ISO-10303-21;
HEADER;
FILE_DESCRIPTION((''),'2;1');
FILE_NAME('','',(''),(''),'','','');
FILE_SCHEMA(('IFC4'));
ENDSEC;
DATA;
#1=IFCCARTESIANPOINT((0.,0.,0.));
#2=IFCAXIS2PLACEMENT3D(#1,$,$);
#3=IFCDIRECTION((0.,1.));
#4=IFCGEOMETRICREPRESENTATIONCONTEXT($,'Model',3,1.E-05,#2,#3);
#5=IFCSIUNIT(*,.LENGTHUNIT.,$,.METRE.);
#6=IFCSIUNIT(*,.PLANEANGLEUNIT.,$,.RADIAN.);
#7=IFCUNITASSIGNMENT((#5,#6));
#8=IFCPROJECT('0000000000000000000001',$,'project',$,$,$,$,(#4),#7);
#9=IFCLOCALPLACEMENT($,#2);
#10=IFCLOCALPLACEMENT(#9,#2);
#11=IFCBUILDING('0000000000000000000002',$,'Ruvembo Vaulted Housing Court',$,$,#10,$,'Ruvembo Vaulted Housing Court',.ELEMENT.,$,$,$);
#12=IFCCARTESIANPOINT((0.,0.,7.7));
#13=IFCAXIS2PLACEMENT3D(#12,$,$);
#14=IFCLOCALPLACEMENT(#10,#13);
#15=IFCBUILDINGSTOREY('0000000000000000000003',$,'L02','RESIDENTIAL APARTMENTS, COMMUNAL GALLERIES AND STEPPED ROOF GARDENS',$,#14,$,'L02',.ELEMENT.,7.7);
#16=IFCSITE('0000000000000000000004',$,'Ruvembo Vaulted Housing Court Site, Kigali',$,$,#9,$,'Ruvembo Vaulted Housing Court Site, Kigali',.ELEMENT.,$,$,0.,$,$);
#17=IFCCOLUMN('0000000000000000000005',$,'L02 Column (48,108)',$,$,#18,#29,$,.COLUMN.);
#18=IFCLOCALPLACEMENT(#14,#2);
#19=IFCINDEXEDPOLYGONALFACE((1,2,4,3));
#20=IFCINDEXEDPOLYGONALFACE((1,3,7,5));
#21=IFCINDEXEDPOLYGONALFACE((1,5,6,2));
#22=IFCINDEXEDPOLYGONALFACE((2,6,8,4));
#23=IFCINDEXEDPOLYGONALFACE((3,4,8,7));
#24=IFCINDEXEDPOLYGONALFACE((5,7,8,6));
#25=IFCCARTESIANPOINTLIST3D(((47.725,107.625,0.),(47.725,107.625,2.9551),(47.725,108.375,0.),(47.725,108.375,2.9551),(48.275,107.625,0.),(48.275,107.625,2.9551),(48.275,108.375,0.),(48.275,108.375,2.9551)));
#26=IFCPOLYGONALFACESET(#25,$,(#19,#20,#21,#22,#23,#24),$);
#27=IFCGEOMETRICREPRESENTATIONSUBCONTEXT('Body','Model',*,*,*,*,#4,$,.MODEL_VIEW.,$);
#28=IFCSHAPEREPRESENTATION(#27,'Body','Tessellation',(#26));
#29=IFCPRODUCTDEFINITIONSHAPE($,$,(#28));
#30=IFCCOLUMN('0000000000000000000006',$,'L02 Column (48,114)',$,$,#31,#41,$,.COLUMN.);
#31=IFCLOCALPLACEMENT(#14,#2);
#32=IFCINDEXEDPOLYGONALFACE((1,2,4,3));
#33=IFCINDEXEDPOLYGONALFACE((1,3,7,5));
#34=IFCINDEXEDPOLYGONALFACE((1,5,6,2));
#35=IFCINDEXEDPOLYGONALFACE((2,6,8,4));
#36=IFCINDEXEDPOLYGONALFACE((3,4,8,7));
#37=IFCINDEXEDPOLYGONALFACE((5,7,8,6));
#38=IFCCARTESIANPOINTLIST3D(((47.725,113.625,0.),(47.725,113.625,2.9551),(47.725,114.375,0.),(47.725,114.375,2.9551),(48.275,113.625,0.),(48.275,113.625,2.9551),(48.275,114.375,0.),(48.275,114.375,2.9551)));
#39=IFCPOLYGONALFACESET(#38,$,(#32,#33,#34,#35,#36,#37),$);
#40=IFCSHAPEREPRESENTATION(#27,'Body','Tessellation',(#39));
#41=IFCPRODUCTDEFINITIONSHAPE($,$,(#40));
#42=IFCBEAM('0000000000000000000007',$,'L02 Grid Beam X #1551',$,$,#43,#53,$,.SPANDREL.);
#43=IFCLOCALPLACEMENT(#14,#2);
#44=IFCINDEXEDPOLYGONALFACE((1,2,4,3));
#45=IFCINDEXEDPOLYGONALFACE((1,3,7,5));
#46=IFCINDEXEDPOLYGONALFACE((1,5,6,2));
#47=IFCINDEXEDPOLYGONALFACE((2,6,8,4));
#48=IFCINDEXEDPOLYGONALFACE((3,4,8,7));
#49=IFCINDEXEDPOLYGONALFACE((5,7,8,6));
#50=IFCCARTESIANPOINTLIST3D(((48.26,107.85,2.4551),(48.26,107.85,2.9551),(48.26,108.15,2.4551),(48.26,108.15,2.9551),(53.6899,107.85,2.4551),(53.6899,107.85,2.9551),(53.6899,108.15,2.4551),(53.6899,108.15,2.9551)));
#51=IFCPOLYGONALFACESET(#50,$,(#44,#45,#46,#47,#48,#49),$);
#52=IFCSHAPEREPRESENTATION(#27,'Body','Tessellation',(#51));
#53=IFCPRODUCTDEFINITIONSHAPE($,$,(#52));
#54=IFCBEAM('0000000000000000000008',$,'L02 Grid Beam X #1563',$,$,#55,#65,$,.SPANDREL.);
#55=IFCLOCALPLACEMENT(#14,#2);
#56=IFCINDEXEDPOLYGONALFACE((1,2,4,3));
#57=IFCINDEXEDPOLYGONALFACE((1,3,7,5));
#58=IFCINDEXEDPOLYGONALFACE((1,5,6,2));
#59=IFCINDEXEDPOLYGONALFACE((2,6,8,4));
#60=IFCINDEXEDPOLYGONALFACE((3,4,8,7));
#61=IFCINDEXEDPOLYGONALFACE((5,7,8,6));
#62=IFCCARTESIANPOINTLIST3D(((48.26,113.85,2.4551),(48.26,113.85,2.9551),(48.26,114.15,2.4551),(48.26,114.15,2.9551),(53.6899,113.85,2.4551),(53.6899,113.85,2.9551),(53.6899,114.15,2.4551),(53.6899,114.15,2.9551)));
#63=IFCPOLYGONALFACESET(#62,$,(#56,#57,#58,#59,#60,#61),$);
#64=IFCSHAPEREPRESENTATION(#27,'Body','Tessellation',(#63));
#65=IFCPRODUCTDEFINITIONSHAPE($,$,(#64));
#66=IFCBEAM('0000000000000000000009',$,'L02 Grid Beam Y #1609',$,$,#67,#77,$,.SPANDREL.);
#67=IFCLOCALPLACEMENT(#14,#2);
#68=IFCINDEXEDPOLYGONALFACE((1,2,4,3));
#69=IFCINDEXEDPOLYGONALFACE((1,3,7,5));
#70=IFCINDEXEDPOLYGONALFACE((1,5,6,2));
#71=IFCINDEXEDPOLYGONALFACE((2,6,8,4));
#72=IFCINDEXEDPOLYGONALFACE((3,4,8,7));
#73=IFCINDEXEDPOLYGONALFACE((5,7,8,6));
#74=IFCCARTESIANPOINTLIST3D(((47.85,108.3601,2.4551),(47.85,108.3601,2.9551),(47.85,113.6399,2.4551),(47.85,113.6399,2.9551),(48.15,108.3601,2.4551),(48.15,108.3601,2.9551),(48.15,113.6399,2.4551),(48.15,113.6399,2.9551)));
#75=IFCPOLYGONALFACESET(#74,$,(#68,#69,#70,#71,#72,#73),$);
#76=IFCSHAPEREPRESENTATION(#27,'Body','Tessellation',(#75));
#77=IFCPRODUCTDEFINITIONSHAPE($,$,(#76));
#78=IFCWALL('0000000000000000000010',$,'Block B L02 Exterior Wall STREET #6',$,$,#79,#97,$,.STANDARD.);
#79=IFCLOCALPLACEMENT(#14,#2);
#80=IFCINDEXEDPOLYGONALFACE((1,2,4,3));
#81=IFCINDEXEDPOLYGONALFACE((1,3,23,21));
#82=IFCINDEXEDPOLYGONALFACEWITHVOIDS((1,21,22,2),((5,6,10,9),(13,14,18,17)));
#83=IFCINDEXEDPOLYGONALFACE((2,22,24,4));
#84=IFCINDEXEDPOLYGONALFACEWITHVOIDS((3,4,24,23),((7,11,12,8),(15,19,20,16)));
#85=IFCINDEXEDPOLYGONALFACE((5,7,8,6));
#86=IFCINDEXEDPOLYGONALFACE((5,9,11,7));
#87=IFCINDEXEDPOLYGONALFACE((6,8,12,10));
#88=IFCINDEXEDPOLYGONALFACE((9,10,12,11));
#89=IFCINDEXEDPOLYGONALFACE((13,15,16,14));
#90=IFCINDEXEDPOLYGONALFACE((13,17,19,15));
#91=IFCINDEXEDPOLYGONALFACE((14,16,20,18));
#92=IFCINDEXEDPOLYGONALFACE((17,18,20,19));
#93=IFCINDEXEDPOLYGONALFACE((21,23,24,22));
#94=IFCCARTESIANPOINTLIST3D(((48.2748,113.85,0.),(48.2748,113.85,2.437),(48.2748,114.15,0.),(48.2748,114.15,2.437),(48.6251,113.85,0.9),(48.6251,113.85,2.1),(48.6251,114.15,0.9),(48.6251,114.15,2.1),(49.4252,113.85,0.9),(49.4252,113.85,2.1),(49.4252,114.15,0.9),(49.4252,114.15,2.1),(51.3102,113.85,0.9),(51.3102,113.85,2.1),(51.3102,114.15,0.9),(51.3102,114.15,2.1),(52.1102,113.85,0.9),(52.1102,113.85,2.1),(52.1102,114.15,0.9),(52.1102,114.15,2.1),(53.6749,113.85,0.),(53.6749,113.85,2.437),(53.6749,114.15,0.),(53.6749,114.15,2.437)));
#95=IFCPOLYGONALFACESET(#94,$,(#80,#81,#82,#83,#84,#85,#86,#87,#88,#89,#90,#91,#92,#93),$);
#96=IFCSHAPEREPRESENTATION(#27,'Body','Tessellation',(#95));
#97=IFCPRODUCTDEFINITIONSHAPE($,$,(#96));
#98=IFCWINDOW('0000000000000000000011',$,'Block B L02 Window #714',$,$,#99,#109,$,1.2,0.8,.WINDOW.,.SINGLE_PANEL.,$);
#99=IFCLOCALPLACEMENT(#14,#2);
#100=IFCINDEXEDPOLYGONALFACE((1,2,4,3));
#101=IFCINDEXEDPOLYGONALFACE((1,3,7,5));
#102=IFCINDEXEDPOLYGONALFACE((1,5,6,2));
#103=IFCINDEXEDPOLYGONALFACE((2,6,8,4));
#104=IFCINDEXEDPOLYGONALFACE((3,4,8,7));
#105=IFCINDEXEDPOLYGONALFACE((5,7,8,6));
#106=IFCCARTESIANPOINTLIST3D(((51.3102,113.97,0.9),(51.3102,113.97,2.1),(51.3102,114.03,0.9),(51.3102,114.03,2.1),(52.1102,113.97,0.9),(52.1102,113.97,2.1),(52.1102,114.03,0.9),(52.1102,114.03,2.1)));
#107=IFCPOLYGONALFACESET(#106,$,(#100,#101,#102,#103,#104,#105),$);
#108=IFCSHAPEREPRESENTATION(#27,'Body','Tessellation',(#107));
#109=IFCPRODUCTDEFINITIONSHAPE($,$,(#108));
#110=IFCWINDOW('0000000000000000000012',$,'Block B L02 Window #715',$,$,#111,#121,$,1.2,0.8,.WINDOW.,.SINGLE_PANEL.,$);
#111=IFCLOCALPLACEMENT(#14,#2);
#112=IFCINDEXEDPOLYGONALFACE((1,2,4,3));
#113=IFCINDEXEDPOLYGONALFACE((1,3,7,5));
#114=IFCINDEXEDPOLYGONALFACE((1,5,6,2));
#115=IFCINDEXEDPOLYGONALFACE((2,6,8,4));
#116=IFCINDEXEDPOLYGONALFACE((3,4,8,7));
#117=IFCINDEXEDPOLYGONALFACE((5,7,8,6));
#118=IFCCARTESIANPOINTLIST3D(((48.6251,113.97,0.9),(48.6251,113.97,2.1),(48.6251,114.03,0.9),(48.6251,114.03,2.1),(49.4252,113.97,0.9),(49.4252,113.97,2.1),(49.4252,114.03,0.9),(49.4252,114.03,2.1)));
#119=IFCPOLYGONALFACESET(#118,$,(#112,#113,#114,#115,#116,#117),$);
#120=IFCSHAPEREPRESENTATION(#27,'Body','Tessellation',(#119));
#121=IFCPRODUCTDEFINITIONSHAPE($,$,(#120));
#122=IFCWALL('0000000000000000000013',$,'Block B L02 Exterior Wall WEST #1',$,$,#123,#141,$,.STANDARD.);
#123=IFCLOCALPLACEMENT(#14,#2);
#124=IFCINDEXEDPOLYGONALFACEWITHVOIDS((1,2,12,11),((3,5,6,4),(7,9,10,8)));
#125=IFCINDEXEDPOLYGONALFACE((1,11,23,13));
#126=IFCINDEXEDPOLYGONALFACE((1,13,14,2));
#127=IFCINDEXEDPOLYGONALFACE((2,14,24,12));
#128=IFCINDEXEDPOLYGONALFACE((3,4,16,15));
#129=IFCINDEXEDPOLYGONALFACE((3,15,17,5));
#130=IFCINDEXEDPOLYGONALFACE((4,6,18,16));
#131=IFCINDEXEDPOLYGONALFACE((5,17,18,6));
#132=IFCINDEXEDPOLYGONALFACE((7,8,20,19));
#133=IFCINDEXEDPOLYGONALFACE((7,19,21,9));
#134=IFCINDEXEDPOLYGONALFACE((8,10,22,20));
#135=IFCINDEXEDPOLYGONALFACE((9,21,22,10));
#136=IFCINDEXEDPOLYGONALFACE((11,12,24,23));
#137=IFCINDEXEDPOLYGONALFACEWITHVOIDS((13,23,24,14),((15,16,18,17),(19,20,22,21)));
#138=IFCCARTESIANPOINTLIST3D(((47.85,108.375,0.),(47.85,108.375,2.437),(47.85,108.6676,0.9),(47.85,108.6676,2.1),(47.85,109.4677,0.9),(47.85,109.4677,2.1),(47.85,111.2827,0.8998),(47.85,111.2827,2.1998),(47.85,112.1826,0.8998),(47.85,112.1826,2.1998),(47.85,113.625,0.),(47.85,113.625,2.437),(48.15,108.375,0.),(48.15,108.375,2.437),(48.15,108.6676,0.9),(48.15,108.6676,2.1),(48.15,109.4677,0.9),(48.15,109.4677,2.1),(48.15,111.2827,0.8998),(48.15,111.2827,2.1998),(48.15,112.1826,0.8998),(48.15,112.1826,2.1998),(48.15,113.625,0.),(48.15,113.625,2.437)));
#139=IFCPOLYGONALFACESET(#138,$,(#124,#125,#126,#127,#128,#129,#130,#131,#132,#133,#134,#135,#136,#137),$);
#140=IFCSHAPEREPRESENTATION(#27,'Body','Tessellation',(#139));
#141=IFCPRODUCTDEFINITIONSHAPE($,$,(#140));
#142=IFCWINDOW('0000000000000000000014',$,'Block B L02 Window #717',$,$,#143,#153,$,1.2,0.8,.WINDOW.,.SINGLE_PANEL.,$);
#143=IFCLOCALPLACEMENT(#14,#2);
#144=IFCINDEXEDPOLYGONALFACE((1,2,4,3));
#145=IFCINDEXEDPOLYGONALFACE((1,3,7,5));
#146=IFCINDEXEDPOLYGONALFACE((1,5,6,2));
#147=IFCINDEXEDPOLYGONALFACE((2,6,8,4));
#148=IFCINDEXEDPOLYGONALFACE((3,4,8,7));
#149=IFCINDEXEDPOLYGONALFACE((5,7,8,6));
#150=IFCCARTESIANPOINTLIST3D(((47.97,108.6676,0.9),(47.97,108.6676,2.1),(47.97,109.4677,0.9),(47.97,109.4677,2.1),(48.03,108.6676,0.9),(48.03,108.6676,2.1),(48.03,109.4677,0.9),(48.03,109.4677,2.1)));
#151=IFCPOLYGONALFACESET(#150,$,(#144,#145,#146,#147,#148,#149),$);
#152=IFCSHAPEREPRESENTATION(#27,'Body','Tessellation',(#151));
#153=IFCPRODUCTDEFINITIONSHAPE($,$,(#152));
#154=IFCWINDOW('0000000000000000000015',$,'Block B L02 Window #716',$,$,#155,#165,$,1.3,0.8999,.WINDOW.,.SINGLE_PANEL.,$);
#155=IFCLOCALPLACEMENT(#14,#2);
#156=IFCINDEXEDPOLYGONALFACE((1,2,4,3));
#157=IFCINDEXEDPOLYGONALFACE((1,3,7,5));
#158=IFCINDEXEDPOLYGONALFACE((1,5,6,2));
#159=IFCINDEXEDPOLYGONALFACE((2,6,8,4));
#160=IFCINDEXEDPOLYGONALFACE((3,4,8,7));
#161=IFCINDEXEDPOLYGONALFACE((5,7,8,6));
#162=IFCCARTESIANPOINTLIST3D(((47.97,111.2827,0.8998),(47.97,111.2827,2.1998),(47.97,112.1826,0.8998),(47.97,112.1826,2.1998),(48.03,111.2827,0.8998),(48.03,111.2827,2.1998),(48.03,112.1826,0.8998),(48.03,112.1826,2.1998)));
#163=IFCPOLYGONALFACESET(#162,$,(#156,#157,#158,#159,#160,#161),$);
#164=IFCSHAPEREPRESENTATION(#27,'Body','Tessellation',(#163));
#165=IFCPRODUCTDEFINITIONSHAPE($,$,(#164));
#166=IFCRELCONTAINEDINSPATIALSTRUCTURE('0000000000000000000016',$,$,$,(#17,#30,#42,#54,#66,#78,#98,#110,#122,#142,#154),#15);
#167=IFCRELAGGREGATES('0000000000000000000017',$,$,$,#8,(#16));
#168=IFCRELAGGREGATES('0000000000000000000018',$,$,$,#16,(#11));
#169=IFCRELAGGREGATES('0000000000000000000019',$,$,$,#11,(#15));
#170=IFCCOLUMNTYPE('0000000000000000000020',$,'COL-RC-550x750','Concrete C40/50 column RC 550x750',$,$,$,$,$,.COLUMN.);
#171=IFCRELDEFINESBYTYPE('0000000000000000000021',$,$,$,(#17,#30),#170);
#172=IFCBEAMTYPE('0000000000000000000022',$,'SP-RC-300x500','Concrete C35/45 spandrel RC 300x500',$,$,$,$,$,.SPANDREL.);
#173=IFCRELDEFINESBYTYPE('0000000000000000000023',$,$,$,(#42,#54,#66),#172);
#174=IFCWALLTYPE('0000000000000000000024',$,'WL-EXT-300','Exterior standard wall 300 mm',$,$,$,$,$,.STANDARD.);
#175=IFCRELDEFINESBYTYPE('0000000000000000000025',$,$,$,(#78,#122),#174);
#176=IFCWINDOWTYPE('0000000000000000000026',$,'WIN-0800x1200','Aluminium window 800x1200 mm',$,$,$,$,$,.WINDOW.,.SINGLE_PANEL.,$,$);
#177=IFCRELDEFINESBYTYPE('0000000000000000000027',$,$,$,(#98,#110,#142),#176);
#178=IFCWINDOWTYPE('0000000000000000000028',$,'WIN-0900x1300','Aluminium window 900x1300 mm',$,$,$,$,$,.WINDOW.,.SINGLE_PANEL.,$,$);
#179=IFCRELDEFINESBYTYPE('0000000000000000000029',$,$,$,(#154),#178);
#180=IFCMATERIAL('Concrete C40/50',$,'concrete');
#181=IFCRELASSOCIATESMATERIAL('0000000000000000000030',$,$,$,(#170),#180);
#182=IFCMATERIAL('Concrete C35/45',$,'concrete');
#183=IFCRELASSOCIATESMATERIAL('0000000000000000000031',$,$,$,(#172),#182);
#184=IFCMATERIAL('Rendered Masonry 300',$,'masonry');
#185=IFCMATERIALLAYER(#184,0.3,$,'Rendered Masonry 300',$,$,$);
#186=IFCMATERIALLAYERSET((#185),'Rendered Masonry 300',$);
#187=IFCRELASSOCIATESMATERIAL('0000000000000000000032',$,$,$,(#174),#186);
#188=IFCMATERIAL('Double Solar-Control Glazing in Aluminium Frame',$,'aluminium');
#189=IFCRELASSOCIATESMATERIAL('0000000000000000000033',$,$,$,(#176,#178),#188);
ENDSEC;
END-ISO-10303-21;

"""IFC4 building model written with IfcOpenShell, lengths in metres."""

from ifc_helpers import new_model, si_unit, direction, frame, frame_2d, origin, origin_2d, place, context, subcontext, project, spatial, rectangle, extrude, material, layer, layer_set, material_profile, profile_set, type_object, element, fill, save


model = new_model("IFC4")

# Units and contexts
model_context = context("Model", 3, precision=1e-05, world=origin(), true_north=direction((0.0, 1.0)))
body_context = subcontext(model_context, "Body", "Model", "MODEL_VIEW")
ifc_project = project(units=[si_unit("LENGTHUNIT", "METRE"), si_unit("PLANEANGLEUNIT", "RADIAN")], contexts=[model_context])

# Site, building, storey
site_placement = place(None, origin())
site = spatial("IfcSite", under=ifc_project, at=site_placement, Name="Ruvembo Vaulted Housing Court Site, Kigali", LongName="Ruvembo Vaulted Housing Court Site, Kigali", CompositionType="ELEMENT", RefElevation=0.0)
building_placement = place(site_placement, origin())
building = spatial("IfcBuilding", under=site, at=building_placement, Name="Ruvembo Vaulted Housing Court", LongName="Ruvembo Vaulted Housing Court", CompositionType="ELEMENT")
storey_placement = place(building_placement, frame((0.0, 0.0, 7.7)))
storey = spatial("IfcBuildingStorey", under=building, at=storey_placement, Name="L02", Description="RESIDENTIAL APARTMENTS, COMMUNAL GALLERIES AND STEPPED ROOF GARDENS", LongName="L02", CompositionType="ELEMENT", Elevation=7.7)

# Columns
ifc_material_1 = material(Name="Concrete C40/50", Category="concrete")
ifc_material_profile_1 = material_profile(ifc_material_1, rectangle(XDim=0.55, YDim=0.75, at=origin_2d()), Name="RC 550x750")
ifc_profile_set_1 = profile_set([ifc_material_profile_1], Name="Concrete C40/50")
column_type = type_object("IfcColumnType", Name="COL-RC-550x750", Description="Concrete C40/50 column RC 550x750", PredefinedType="COLUMN", material=ifc_profile_set_1)
for number, where, z_axis, x_axis, name in (
    (1, (48.0, 108.0, 0.0), (0.0, 0.0, 1.0), (1.0, 0.0, 0.0), "L02 Column (48,108)"),
    (2, (48.0, 114.0, 0.0), (0.0, 0.0, 1.0), (1.0, 0.0, 0.0), "L02 Column (48,114)"),
):
    element("IfcColumn", number, at=place(storey_placement, frame(where, z_axis=z_axis, x_axis=x_axis)), inside=storey, type_object=column_type, Name=name, PredefinedType="COLUMN", context=body_context, shape_type="SweptSolid", body=[
        extrude(rectangle(XDim=0.55, YDim=0.75, at=origin_2d()), origin(), (0.0, 0.0, 1.0), 2.9551),
    ])

# Beams
ifc_material_2 = material(Name="Concrete C35/45", Category="concrete")
ifc_material_profile_2 = material_profile(ifc_material_2, rectangle(XDim=0.3, YDim=0.5, at=origin_2d()), Name="RC 300x500")
ifc_profile_set_2 = profile_set([ifc_material_profile_2], Name="Concrete C35/45")
beam_type = type_object("IfcBeamType", Name="SP-RC-300x500", Description="Concrete C35/45 spandrel RC 300x500", PredefinedType="SPANDREL", material=ifc_profile_set_2)
for number, where, z_axis, x_axis, name in (
    (3, (48.26, 108.0, 2.7051), (1.0, 0.0, 0.0), (0.0, 1.0, 0.0), "L02 Grid Beam X #1551"),
    (4, (48.26, 114.0, 2.7051), (1.0, 0.0, 0.0), (0.0, 1.0, 0.0), "L02 Grid Beam X #1563"),
):
    element("IfcBeam", number, at=place(storey_placement, frame(where, z_axis=z_axis, x_axis=x_axis)), inside=storey, type_object=beam_type, Name=name, PredefinedType="SPANDREL", context=body_context, shape_type="SweptSolid", body=[
        extrude(rectangle(XDim=0.3, YDim=0.5, at=origin_2d()), origin(), (0.0, 0.0, 1.0), 5.4299),
    ])
beam_placement = place(storey_placement, frame((48.0, 108.3601, 2.7051), z_axis=(0.0, 1.0, 0.0), x_axis=(-1.0, 0.0, 0.0)))
element("IfcBeam", 5, at=beam_placement, inside=storey, type_object=beam_type, Name="L02 Grid Beam Y #1609", PredefinedType="SPANDREL", context=body_context, shape_type="SweptSolid", body=[
    extrude(rectangle(XDim=0.3, YDim=0.5, at=origin_2d()), origin(), (0.0, 0.0, 1.0), 5.2798),
])

# Walls, openings, windows
ifc_material_3 = material(Name="Rendered Masonry 300", Category="masonry")
ifc_layer_1 = layer(ifc_material_3, 0.3, Name="Rendered Masonry 300")
ifc_layer_set_1 = layer_set([ifc_layer_1], Name="Rendered Masonry 300")
wall_type_1 = type_object("IfcWallType", Name="WL-EXT-300", Description="Exterior standard wall 300 mm", PredefinedType="STANDARD", material=ifc_layer_set_1)
wall_1_placement = place(storey_placement, frame((53.675, 114.0, 0.0), z_axis=(0.0, 0.0, 1.0), x_axis=(-1.0, 0.0, 0.0)))
wall_1 = element("IfcWall", 6, at=wall_1_placement, inside=storey, type_object=wall_type_1, Name="Block B L02 Exterior Wall STREET #6", PredefinedType="STANDARD", context=body_context, shape_type="SweptSolid", body=[
    extrude(rectangle(XDim=5.4001, YDim=0.3, at=frame_2d((2.7002, 0.0))), origin(), (0.0, 0.0, 1.0), 2.437),
])
opening_1_placement = place(wall_1_placement, frame((1.5649, 0.0, 0.8999)))
opening_1 = element("IfcOpeningElement", 7, at=opening_1_placement, cuts=wall_1, PredefinedType="OPENING", context=body_context, shape_type="SweptSolid", body=[
    extrude(rectangle(XDim=0.8, YDim=1.2, at=frame_2d((0.3999, 0.6001))), frame((0.0, 0.1599, 0.0), z_axis=(0.0, -1.0, 0.0), x_axis=(1.0, 0.0, 0.0)), (0.0, 0.0, 1.0), 0.3201),
])
opening_2_placement = place(wall_1_placement, frame((4.25, 0.0, 0.8999)))
opening_2 = element("IfcOpeningElement", 8, at=opening_2_placement, cuts=wall_1, PredefinedType="OPENING", context=body_context, shape_type="SweptSolid", body=[
    extrude(rectangle(XDim=0.8, YDim=1.2, at=frame_2d((0.3999, 0.6001))), frame((0.0, 0.1599, 0.0), z_axis=(0.0, -1.0, 0.0), x_axis=(1.0, 0.0, 0.0)), (0.0, 0.0, 1.0), 0.3201),
])
ifc_material_4 = material(Name="Double Solar-Control Glazing in Aluminium Frame", Category="aluminium")
window_type_1 = type_object("IfcWindowType", Name="WIN-0800x1200", Description="Aluminium window 800x1200 mm", PartitioningType="SINGLE_PANEL", PredefinedType="WINDOW", material=ifc_material_4)
window_1_placement = place(opening_1_placement, origin())
window_1 = element("IfcWindow", 9, at=window_1_placement, inside=storey, type_object=window_type_1, Name="Block B L02 Window #714", OverallHeight=1.2, OverallWidth=0.8, PartitioningType="SINGLE_PANEL", PredefinedType="WINDOW", context=body_context, shape_type="SweptSolid", body=[
    extrude(rectangle(XDim=0.8, YDim=1.2, at=frame_2d((0.3999, 0.6001))), frame((0.0, 0.03, 0.0), z_axis=(0.0, -1.0, 0.0), x_axis=(1.0, 0.0, 0.0)), (0.0, 0.0, 1.0), 0.0601),
])
fill(opening_1, window_1)
window_2_placement = place(opening_2_placement, origin())
window_2 = element("IfcWindow", 10, at=window_2_placement, inside=storey, type_object=window_type_1, Name="Block B L02 Window #715", OverallHeight=1.2, OverallWidth=0.8, PartitioningType="SINGLE_PANEL", PredefinedType="WINDOW", context=body_context, shape_type="SweptSolid", body=[
    extrude(rectangle(XDim=0.8, YDim=1.2, at=frame_2d((0.3999, 0.6001))), frame((0.0, 0.03, 0.0), z_axis=(0.0, -1.0, 0.0), x_axis=(1.0, 0.0, 0.0)), (0.0, 0.0, 1.0), 0.0601),
])
fill(opening_2, window_2)
wall_2_placement = place(storey_placement, frame((48.0, 113.625, 0.0), z_axis=(0.0, 0.0, 1.0), x_axis=(0.0, -1.0, 0.0)))
wall_2 = element("IfcWall", 11, at=wall_2_placement, inside=storey, type_object=wall_type_1, Name="Block B L02 Exterior Wall WEST #1", PredefinedType="STANDARD", context=body_context, shape_type="SweptSolid", body=[
    extrude(rectangle(XDim=5.25, YDim=0.3, at=frame_2d((2.625, 0.0))), origin(), (0.0, 0.0, 1.0), 2.437),
])
opening_3_placement = place(wall_2_placement, frame((1.4424, 0.0, 0.8999)))
opening_3 = element("IfcOpeningElement", 12, at=opening_3_placement, cuts=wall_2, PredefinedType="OPENING", context=body_context, shape_type="SweptSolid", body=[
    extrude(rectangle(XDim=0.8999, YDim=1.3, at=frame_2d((0.45, 0.6499))), frame((0.0, 0.1599, 0.0), z_axis=(0.0, -1.0, 0.0), x_axis=(1.0, 0.0, 0.0)), (0.0, 0.0, 1.0), 0.3201),
])
opening_4_placement = place(wall_2_placement, frame((4.1575, 0.0, 0.8999)))
opening_4 = element("IfcOpeningElement", 13, at=opening_4_placement, cuts=wall_2, PredefinedType="OPENING", context=body_context, shape_type="SweptSolid", body=[
    extrude(rectangle(XDim=0.8, YDim=1.2, at=frame_2d((0.3999, 0.6001))), frame((0.0, 0.1599, 0.0), z_axis=(0.0, -1.0, 0.0), x_axis=(1.0, 0.0, 0.0)), (0.0, 0.0, 1.0), 0.3201),
])
window_3_placement = place(opening_4_placement, origin())
window_3 = element("IfcWindow", 14, at=window_3_placement, inside=storey, type_object=window_type_1, Name="Block B L02 Window #717", OverallHeight=1.2, OverallWidth=0.8, PartitioningType="SINGLE_PANEL", PredefinedType="WINDOW", context=body_context, shape_type="SweptSolid", body=[
    extrude(rectangle(XDim=0.8, YDim=1.2, at=frame_2d((0.3999, 0.6001))), frame((0.0, 0.03, 0.0), z_axis=(0.0, -1.0, 0.0), x_axis=(1.0, 0.0, 0.0)), (0.0, 0.0, 1.0), 0.0601),
])
fill(opening_4, window_3)
window_type_2 = type_object("IfcWindowType", Name="WIN-0900x1300", Description="Aluminium window 900x1300 mm", PartitioningType="SINGLE_PANEL", PredefinedType="WINDOW", material=ifc_material_4)
window_4_placement = place(opening_3_placement, origin())
window_4 = element("IfcWindow", 15, at=window_4_placement, inside=storey, type_object=window_type_2, Name="Block B L02 Window #716", OverallHeight=1.3, OverallWidth=0.8999, PartitioningType="SINGLE_PANEL", PredefinedType="WINDOW", context=body_context, shape_type="SweptSolid", body=[
    extrude(rectangle(XDim=0.8999, YDim=1.3, at=frame_2d((0.45, 0.6499))), frame((0.0, 0.03, 0.0), z_axis=(0.0, -1.0, 0.0), x_axis=(1.0, 0.0, 0.0)), (0.0, 0.0, 1.0), 0.0601),
])
fill(opening_3, window_4)

save(model, "model.ifc")
